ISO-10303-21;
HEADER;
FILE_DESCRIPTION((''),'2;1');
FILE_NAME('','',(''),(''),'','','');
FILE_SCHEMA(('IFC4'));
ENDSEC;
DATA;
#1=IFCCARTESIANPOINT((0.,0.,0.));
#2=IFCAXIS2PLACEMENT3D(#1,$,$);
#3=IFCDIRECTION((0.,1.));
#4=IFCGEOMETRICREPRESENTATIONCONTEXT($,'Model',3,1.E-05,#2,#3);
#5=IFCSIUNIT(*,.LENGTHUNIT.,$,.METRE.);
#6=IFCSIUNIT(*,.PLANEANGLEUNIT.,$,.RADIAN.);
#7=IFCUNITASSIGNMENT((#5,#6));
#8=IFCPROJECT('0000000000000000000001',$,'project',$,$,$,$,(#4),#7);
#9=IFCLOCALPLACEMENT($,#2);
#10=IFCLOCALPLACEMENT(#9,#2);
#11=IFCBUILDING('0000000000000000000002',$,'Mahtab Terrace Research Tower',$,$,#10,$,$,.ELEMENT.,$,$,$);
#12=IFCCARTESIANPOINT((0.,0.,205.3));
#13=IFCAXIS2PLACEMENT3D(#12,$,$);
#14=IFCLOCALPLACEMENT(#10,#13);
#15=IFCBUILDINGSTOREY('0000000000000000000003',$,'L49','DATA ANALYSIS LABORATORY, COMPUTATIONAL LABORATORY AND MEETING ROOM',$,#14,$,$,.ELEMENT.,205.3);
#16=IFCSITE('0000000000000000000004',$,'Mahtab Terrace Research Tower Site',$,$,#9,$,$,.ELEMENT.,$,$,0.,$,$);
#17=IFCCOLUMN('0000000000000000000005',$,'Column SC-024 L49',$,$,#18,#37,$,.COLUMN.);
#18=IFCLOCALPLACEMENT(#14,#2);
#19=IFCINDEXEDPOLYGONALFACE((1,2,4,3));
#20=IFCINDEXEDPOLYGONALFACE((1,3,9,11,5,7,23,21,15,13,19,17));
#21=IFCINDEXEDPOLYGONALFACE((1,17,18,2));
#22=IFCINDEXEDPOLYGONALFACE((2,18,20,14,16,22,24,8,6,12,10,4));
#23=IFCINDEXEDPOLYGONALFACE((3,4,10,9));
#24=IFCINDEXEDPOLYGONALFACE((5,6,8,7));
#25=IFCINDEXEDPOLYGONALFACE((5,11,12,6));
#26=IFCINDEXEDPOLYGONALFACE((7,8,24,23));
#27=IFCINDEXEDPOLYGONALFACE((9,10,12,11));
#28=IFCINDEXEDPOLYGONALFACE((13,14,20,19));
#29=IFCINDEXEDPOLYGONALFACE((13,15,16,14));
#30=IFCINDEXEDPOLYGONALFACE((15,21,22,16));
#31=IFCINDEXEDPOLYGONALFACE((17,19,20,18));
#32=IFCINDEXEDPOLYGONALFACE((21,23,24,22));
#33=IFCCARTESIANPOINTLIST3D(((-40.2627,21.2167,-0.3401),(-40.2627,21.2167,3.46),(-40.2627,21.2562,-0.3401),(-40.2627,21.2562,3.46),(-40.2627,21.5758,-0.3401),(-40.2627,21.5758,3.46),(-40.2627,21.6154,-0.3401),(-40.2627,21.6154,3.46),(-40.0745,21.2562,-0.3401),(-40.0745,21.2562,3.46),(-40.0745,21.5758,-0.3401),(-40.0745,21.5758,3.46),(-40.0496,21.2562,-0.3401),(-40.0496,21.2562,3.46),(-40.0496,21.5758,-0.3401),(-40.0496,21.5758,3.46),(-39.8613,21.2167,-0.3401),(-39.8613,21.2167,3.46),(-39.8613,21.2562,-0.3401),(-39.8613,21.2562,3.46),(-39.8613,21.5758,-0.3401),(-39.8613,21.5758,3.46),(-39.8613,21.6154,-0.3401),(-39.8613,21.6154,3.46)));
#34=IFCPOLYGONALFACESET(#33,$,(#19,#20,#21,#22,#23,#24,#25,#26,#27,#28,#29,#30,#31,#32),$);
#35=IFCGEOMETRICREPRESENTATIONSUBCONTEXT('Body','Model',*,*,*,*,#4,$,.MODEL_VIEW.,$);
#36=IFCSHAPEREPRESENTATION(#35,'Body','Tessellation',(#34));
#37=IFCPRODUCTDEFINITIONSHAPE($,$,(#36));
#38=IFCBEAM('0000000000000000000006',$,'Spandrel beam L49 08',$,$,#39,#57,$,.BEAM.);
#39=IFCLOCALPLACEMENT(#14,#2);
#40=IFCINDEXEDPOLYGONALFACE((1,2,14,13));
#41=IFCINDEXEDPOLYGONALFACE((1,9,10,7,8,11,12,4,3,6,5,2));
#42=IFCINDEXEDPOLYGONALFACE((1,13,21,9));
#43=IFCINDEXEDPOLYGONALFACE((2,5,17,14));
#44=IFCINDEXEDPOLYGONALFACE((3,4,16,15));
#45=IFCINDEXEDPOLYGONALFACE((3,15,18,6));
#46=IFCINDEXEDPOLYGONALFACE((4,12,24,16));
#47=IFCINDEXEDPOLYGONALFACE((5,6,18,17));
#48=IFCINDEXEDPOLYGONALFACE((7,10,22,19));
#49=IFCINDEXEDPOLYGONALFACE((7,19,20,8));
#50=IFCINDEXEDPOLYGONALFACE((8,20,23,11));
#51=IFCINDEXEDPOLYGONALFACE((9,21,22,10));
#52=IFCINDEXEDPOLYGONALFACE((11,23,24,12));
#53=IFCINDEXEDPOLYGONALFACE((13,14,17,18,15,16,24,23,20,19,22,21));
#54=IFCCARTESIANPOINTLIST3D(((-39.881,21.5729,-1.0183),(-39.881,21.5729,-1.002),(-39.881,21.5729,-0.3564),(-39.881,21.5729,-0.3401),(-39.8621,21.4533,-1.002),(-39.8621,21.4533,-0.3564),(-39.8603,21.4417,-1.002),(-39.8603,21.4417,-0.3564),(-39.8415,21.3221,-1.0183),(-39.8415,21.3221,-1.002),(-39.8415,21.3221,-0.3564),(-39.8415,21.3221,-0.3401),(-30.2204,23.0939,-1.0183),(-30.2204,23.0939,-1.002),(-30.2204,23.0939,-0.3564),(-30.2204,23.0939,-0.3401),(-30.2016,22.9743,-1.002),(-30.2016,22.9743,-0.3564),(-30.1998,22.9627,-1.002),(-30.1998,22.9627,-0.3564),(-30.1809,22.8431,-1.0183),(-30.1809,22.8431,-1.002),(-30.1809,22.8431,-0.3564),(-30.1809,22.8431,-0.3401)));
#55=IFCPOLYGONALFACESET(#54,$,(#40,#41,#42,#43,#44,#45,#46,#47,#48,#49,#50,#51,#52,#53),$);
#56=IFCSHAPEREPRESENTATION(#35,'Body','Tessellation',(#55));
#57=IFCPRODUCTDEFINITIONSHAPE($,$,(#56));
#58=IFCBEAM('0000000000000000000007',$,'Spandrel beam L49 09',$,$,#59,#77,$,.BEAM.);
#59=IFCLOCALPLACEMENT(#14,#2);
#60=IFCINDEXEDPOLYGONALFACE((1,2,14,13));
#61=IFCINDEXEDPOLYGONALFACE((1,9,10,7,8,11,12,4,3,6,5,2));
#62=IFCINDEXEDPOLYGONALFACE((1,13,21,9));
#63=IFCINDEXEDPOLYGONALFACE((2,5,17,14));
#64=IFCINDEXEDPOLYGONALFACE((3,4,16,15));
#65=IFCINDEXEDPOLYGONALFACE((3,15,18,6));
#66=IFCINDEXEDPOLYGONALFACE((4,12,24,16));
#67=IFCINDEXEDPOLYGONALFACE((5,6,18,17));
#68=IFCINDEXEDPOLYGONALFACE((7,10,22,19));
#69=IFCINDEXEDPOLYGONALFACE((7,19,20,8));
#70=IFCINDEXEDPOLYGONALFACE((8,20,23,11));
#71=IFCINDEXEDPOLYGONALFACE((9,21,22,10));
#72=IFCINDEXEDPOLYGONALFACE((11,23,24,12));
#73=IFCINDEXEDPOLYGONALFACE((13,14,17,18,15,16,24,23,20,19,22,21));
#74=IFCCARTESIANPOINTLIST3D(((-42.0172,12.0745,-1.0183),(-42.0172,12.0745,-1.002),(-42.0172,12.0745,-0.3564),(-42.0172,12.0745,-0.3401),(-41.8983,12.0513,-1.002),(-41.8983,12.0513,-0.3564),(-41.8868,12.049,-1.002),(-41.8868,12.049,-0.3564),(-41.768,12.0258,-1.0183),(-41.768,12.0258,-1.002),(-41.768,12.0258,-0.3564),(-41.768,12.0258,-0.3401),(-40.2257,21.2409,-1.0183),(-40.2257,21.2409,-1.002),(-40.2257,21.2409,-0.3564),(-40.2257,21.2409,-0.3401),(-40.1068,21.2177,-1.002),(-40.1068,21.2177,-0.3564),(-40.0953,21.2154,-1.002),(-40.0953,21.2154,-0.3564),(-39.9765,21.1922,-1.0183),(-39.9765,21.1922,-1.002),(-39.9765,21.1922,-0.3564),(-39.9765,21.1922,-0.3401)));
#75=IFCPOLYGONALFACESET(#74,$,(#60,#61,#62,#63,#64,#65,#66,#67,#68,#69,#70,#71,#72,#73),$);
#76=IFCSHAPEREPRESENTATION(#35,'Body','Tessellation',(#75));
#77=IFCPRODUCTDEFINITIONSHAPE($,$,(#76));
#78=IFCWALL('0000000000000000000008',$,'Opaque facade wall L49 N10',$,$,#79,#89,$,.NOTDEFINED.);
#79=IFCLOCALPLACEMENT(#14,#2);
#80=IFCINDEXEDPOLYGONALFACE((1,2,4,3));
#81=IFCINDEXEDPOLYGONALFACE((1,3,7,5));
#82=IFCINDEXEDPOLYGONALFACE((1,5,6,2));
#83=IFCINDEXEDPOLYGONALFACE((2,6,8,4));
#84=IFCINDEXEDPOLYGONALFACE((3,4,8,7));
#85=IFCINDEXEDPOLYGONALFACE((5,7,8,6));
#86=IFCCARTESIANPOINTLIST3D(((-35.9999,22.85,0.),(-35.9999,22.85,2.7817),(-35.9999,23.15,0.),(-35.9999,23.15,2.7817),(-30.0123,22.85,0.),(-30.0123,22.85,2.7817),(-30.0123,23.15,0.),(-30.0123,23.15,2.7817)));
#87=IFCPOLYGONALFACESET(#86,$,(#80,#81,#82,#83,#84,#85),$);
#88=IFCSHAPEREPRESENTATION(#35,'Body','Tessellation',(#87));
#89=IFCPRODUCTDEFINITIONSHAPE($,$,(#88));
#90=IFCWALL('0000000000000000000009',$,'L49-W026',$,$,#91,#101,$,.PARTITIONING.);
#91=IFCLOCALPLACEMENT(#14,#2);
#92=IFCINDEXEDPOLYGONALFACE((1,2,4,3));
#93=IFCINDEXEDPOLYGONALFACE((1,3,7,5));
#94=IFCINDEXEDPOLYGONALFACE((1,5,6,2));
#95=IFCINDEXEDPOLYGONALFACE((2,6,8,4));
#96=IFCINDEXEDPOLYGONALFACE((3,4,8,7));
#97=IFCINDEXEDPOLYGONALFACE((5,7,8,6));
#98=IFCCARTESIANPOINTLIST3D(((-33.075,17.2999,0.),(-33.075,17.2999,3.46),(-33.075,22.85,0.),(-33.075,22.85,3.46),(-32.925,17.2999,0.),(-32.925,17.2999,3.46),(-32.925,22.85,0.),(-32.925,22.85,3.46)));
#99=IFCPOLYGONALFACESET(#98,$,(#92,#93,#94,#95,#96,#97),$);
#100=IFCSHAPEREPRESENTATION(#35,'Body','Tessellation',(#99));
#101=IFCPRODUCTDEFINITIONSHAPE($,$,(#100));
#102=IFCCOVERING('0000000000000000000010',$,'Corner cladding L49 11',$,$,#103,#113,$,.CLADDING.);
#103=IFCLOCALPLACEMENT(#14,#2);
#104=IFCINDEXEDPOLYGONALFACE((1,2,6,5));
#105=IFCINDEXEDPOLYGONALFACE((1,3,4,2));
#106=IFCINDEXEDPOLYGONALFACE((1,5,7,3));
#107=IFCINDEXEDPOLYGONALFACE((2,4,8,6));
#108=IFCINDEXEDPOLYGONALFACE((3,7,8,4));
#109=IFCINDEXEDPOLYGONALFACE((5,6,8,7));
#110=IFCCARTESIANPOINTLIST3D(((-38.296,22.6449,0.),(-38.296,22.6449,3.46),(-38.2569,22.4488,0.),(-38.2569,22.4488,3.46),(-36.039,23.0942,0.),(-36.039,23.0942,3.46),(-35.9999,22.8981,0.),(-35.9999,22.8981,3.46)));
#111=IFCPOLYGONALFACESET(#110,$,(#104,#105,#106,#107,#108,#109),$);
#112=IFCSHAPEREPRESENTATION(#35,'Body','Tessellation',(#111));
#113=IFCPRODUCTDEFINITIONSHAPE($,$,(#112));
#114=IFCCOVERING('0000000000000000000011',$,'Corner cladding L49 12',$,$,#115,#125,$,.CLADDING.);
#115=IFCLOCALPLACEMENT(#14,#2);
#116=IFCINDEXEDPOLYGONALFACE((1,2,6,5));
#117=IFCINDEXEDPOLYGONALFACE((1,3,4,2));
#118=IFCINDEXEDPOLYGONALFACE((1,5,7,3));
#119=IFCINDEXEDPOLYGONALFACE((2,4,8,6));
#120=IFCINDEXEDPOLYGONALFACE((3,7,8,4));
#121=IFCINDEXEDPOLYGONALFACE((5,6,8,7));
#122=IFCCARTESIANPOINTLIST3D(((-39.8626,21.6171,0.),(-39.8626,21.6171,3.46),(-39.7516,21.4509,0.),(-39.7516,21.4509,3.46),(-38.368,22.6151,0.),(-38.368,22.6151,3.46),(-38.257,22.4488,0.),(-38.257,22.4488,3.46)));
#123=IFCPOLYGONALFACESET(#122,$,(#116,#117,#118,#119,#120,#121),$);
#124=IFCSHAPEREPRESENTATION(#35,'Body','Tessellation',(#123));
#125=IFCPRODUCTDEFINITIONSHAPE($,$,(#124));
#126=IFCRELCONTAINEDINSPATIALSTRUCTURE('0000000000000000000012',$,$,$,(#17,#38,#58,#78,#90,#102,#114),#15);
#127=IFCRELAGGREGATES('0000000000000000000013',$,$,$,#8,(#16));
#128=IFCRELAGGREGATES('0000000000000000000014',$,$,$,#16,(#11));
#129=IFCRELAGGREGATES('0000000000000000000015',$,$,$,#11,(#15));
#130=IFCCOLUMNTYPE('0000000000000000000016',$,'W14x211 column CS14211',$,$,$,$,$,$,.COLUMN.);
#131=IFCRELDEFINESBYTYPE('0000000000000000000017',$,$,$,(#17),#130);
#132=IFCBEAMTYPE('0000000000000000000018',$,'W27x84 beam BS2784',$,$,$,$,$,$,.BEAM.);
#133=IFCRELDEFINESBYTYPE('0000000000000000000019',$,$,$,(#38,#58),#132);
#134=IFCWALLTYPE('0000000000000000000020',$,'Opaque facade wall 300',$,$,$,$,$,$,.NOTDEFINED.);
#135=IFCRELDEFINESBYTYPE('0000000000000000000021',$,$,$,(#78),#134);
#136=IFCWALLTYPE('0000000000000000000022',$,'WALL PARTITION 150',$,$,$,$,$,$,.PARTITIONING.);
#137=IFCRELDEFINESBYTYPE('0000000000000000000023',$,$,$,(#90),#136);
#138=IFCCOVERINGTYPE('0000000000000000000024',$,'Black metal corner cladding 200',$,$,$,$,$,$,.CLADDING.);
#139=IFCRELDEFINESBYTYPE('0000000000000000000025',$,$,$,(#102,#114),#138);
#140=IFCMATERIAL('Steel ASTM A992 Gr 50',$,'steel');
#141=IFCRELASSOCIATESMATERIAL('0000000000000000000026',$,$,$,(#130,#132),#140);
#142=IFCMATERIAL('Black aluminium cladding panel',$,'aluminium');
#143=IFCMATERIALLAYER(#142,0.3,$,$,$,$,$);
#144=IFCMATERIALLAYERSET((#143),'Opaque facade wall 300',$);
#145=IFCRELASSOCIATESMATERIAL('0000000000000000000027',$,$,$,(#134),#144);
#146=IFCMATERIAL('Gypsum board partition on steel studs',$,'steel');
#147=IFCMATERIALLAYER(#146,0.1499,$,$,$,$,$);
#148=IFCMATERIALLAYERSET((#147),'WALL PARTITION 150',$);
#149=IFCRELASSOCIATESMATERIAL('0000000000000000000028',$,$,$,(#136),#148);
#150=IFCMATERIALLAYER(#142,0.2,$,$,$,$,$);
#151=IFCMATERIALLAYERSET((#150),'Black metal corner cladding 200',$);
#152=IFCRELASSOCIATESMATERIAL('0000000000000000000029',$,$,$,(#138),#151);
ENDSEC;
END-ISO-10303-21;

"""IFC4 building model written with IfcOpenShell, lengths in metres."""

from ifc_helpers import new_model, si_unit, direction, frame, frame_2d, origin, origin_2d, place, context, subcontext, project, spatial, rectangle, i_section, extrude, material, layer, layer_set, material_profile, profile_set, type_object, element, save


model = new_model("IFC4")

# Units and contexts
model_context = context("Model", 3, precision=1e-05, world=origin(), true_north=direction((0.0, 1.0)))
body_context = subcontext(model_context, "Body", "Model", "MODEL_VIEW")
ifc_project = project(units=[si_unit("LENGTHUNIT", "METRE"), si_unit("PLANEANGLEUNIT", "RADIAN")], contexts=[model_context])

# Site, building, storey
site_placement = place(None, origin())
site = spatial("IfcSite", under=ifc_project, at=site_placement, Name="Mahtab Terrace Research Tower Site", CompositionType="ELEMENT", RefElevation=0.0)
building_placement = place(site_placement, origin())
building = spatial("IfcBuilding", under=site, at=building_placement, Name="Mahtab Terrace Research Tower", CompositionType="ELEMENT")
storey_placement = place(building_placement, frame((0.0, 0.0, 205.3)))
storey = spatial("IfcBuildingStorey", under=building, at=storey_placement, Name="L49", Description="DATA ANALYSIS LABORATORY, COMPUTATIONAL LABORATORY AND MEETING ROOM", CompositionType="ELEMENT", Elevation=205.3)

# Column
ifc_material_1 = material(Name="Steel ASTM A992 Gr 50", Category="steel")
ifc_material_profile_1 = material_profile(ifc_material_1, i_section(OverallWidth=0.4014, OverallDepth=0.3987, WebThickness=0.0249, FlangeThickness=0.0396, at=origin_2d()), Name="W14X211")
ifc_profile_set_1 = profile_set([ifc_material_profile_1], Name="Steel ASTM A992 Gr 50")
column_type = type_object("IfcColumnType", Name="W14x211 column CS14211", PredefinedType="COLUMN", material=ifc_profile_set_1)
column_placement = place(storey_placement, frame((-40.062, 21.416, -0.3401), z_axis=(0.0, 0.0, 1.0), x_axis=(1.0, 0.0, 0.0)))
element("IfcColumn", 1, at=column_placement, inside=storey, type_object=column_type, Name="Column SC-024 L49", PredefinedType="COLUMN", context=body_context, shape_type="SweptSolid", body=[
    extrude(i_section(OverallWidth=0.4014, OverallDepth=0.3987, WebThickness=0.0249, FlangeThickness=0.0396, at=origin_2d()), origin(), (0.0, 0.0, 1.0), 3.8),
])

# Beams
ifc_material_profile_2 = material_profile(ifc_material_1, i_section(OverallWidth=0.2539, OverallDepth=0.6782, WebThickness=0.0117, FlangeThickness=0.0164, at=origin_2d()), Name="W27X84")
ifc_profile_set_2 = profile_set([ifc_material_profile_2], Name="Steel ASTM A992 Gr 50")
beam_type = type_object("IfcBeamType", Name="W27x84 beam BS2784", PredefinedType="BEAM", material=ifc_profile_set_2)
beam_1_placement = place(storey_placement, frame((-30.2007, 22.9685, -0.6792), z_axis=(-0.987832, -0.155527, 0.0), x_axis=(0.155527, -0.987832, 0.0)))
element("IfcBeam", 2, at=beam_1_placement, inside=storey, type_object=beam_type, Name="Spandrel beam L49 08", PredefinedType="BEAM", context=body_context, shape_type="SweptSolid", body=[
    extrude(i_section(OverallWidth=0.2539, OverallDepth=0.6782, WebThickness=0.0117, FlangeThickness=0.0164, at=origin_2d()), origin(), (0.0, 0.0, 1.0), 9.7795),
])
beam_2_placement = place(storey_placement, frame((-40.1011, 21.2166, -0.6792), z_axis=(-0.191811, -0.981432, 0.0), x_axis=(0.981432, -0.191811, 0.0)))
element("IfcBeam", 3, at=beam_2_placement, inside=storey, type_object=beam_type, Name="Spandrel beam L49 09", PredefinedType="BEAM", context=body_context, shape_type="SweptSolid", body=[
    extrude(i_section(OverallWidth=0.2539, OverallDepth=0.6782, WebThickness=0.0117, FlangeThickness=0.0164, at=origin_2d()), origin(), (0.0, 0.0, 1.0), 9.3398),
])

# Walls
ifc_material_2 = material(Name="Black aluminium cladding panel", Category="aluminium")
ifc_layer_1 = layer(ifc_material_2, 0.3)
ifc_layer_set_1 = layer_set([ifc_layer_1], Name="Opaque facade wall 300")
wall_type_1 = type_object("IfcWallType", Name="Opaque facade wall 300", PredefinedType="NOTDEFINED", material=ifc_layer_set_1)
wall_1_placement = place(storey_placement, frame((-30.0125, 23.0, 0.0), z_axis=(0.0, 0.0, 1.0), x_axis=(-1.0, 0.0, 0.0)))
element("IfcWall", 4, at=wall_1_placement, inside=storey, type_object=wall_type_1, Name="Opaque facade wall L49 N10", PredefinedType="NOTDEFINED", context=body_context, shape_type="SweptSolid", body=[
    extrude(rectangle(XDim=5.9875, YDim=0.3, at=frame_2d((2.9937, 0.0))), origin(), (0.0, 0.0, 1.0), 2.7817),
])
ifc_material_3 = material(Name="Gypsum board partition on steel studs", Category="steel")
ifc_layer_2 = layer(ifc_material_3, 0.1499)
ifc_layer_set_2 = layer_set([ifc_layer_2], Name="WALL PARTITION 150")
wall_type_2 = type_object("IfcWallType", Name="WALL PARTITION 150", PredefinedType="PARTITIONING", material=ifc_layer_set_2)
wall_2_placement = place(storey_placement, frame((-33.0, 17.3, 0.0), z_axis=(0.0, 0.0, 1.0), x_axis=(0.0, 1.0, 0.0)))
element("IfcWall", 5, at=wall_2_placement, inside=storey, type_object=wall_type_2, Name="L49-W026", PredefinedType="PARTITIONING", context=body_context, shape_type="SweptSolid", body=[
    extrude(rectangle(XDim=5.55, YDim=0.1499, at=frame_2d((2.7749, 0.0))), origin(), (0.0, 0.0, 1.0), 3.46),
])

# Coverings
ifc_layer_3 = layer(ifc_material_2, 0.2)
ifc_layer_set_3 = layer_set([ifc_layer_3], Name="Black metal corner cladding 200")
covering_type = type_object("IfcCoveringType", Name="Black metal corner cladding 200", PredefinedType="CLADDING", material=ifc_layer_set_3)
covering_1_placement = place(storey_placement, frame((-37.1479, 22.7715, 0.0), z_axis=(0.0, 0.0, 1.0), x_axis=(-0.980761, -0.195212, 0.0)))
element("IfcCovering", 6, at=covering_1_placement, inside=storey, type_object=covering_type, Name="Corner cladding L49 11", PredefinedType="CLADDING", context=body_context, shape_type="SweptSolid", body=[
    extrude(rectangle(XDim=2.3013, YDim=0.2, at=origin_2d()), origin(), (0.0, 0.0, 1.0), 3.46),
])
covering_2_placement = place(storey_placement, frame((-39.0598, 22.033, 0.0), z_axis=(0.0, 0.0, 1.0), x_axis=(-0.831656, -0.555291, 0.0)))
element("IfcCovering", 7, at=covering_2_placement, inside=storey, type_object=covering_type, Name="Corner cladding L49 12", PredefinedType="CLADDING", context=body_context, shape_type="SweptSolid", body=[
    extrude(rectangle(XDim=1.7971, YDim=0.2, at=origin_2d()), origin(), (0.0, 0.0, 1.0), 3.46),
])

save(model, "model.ifc")
